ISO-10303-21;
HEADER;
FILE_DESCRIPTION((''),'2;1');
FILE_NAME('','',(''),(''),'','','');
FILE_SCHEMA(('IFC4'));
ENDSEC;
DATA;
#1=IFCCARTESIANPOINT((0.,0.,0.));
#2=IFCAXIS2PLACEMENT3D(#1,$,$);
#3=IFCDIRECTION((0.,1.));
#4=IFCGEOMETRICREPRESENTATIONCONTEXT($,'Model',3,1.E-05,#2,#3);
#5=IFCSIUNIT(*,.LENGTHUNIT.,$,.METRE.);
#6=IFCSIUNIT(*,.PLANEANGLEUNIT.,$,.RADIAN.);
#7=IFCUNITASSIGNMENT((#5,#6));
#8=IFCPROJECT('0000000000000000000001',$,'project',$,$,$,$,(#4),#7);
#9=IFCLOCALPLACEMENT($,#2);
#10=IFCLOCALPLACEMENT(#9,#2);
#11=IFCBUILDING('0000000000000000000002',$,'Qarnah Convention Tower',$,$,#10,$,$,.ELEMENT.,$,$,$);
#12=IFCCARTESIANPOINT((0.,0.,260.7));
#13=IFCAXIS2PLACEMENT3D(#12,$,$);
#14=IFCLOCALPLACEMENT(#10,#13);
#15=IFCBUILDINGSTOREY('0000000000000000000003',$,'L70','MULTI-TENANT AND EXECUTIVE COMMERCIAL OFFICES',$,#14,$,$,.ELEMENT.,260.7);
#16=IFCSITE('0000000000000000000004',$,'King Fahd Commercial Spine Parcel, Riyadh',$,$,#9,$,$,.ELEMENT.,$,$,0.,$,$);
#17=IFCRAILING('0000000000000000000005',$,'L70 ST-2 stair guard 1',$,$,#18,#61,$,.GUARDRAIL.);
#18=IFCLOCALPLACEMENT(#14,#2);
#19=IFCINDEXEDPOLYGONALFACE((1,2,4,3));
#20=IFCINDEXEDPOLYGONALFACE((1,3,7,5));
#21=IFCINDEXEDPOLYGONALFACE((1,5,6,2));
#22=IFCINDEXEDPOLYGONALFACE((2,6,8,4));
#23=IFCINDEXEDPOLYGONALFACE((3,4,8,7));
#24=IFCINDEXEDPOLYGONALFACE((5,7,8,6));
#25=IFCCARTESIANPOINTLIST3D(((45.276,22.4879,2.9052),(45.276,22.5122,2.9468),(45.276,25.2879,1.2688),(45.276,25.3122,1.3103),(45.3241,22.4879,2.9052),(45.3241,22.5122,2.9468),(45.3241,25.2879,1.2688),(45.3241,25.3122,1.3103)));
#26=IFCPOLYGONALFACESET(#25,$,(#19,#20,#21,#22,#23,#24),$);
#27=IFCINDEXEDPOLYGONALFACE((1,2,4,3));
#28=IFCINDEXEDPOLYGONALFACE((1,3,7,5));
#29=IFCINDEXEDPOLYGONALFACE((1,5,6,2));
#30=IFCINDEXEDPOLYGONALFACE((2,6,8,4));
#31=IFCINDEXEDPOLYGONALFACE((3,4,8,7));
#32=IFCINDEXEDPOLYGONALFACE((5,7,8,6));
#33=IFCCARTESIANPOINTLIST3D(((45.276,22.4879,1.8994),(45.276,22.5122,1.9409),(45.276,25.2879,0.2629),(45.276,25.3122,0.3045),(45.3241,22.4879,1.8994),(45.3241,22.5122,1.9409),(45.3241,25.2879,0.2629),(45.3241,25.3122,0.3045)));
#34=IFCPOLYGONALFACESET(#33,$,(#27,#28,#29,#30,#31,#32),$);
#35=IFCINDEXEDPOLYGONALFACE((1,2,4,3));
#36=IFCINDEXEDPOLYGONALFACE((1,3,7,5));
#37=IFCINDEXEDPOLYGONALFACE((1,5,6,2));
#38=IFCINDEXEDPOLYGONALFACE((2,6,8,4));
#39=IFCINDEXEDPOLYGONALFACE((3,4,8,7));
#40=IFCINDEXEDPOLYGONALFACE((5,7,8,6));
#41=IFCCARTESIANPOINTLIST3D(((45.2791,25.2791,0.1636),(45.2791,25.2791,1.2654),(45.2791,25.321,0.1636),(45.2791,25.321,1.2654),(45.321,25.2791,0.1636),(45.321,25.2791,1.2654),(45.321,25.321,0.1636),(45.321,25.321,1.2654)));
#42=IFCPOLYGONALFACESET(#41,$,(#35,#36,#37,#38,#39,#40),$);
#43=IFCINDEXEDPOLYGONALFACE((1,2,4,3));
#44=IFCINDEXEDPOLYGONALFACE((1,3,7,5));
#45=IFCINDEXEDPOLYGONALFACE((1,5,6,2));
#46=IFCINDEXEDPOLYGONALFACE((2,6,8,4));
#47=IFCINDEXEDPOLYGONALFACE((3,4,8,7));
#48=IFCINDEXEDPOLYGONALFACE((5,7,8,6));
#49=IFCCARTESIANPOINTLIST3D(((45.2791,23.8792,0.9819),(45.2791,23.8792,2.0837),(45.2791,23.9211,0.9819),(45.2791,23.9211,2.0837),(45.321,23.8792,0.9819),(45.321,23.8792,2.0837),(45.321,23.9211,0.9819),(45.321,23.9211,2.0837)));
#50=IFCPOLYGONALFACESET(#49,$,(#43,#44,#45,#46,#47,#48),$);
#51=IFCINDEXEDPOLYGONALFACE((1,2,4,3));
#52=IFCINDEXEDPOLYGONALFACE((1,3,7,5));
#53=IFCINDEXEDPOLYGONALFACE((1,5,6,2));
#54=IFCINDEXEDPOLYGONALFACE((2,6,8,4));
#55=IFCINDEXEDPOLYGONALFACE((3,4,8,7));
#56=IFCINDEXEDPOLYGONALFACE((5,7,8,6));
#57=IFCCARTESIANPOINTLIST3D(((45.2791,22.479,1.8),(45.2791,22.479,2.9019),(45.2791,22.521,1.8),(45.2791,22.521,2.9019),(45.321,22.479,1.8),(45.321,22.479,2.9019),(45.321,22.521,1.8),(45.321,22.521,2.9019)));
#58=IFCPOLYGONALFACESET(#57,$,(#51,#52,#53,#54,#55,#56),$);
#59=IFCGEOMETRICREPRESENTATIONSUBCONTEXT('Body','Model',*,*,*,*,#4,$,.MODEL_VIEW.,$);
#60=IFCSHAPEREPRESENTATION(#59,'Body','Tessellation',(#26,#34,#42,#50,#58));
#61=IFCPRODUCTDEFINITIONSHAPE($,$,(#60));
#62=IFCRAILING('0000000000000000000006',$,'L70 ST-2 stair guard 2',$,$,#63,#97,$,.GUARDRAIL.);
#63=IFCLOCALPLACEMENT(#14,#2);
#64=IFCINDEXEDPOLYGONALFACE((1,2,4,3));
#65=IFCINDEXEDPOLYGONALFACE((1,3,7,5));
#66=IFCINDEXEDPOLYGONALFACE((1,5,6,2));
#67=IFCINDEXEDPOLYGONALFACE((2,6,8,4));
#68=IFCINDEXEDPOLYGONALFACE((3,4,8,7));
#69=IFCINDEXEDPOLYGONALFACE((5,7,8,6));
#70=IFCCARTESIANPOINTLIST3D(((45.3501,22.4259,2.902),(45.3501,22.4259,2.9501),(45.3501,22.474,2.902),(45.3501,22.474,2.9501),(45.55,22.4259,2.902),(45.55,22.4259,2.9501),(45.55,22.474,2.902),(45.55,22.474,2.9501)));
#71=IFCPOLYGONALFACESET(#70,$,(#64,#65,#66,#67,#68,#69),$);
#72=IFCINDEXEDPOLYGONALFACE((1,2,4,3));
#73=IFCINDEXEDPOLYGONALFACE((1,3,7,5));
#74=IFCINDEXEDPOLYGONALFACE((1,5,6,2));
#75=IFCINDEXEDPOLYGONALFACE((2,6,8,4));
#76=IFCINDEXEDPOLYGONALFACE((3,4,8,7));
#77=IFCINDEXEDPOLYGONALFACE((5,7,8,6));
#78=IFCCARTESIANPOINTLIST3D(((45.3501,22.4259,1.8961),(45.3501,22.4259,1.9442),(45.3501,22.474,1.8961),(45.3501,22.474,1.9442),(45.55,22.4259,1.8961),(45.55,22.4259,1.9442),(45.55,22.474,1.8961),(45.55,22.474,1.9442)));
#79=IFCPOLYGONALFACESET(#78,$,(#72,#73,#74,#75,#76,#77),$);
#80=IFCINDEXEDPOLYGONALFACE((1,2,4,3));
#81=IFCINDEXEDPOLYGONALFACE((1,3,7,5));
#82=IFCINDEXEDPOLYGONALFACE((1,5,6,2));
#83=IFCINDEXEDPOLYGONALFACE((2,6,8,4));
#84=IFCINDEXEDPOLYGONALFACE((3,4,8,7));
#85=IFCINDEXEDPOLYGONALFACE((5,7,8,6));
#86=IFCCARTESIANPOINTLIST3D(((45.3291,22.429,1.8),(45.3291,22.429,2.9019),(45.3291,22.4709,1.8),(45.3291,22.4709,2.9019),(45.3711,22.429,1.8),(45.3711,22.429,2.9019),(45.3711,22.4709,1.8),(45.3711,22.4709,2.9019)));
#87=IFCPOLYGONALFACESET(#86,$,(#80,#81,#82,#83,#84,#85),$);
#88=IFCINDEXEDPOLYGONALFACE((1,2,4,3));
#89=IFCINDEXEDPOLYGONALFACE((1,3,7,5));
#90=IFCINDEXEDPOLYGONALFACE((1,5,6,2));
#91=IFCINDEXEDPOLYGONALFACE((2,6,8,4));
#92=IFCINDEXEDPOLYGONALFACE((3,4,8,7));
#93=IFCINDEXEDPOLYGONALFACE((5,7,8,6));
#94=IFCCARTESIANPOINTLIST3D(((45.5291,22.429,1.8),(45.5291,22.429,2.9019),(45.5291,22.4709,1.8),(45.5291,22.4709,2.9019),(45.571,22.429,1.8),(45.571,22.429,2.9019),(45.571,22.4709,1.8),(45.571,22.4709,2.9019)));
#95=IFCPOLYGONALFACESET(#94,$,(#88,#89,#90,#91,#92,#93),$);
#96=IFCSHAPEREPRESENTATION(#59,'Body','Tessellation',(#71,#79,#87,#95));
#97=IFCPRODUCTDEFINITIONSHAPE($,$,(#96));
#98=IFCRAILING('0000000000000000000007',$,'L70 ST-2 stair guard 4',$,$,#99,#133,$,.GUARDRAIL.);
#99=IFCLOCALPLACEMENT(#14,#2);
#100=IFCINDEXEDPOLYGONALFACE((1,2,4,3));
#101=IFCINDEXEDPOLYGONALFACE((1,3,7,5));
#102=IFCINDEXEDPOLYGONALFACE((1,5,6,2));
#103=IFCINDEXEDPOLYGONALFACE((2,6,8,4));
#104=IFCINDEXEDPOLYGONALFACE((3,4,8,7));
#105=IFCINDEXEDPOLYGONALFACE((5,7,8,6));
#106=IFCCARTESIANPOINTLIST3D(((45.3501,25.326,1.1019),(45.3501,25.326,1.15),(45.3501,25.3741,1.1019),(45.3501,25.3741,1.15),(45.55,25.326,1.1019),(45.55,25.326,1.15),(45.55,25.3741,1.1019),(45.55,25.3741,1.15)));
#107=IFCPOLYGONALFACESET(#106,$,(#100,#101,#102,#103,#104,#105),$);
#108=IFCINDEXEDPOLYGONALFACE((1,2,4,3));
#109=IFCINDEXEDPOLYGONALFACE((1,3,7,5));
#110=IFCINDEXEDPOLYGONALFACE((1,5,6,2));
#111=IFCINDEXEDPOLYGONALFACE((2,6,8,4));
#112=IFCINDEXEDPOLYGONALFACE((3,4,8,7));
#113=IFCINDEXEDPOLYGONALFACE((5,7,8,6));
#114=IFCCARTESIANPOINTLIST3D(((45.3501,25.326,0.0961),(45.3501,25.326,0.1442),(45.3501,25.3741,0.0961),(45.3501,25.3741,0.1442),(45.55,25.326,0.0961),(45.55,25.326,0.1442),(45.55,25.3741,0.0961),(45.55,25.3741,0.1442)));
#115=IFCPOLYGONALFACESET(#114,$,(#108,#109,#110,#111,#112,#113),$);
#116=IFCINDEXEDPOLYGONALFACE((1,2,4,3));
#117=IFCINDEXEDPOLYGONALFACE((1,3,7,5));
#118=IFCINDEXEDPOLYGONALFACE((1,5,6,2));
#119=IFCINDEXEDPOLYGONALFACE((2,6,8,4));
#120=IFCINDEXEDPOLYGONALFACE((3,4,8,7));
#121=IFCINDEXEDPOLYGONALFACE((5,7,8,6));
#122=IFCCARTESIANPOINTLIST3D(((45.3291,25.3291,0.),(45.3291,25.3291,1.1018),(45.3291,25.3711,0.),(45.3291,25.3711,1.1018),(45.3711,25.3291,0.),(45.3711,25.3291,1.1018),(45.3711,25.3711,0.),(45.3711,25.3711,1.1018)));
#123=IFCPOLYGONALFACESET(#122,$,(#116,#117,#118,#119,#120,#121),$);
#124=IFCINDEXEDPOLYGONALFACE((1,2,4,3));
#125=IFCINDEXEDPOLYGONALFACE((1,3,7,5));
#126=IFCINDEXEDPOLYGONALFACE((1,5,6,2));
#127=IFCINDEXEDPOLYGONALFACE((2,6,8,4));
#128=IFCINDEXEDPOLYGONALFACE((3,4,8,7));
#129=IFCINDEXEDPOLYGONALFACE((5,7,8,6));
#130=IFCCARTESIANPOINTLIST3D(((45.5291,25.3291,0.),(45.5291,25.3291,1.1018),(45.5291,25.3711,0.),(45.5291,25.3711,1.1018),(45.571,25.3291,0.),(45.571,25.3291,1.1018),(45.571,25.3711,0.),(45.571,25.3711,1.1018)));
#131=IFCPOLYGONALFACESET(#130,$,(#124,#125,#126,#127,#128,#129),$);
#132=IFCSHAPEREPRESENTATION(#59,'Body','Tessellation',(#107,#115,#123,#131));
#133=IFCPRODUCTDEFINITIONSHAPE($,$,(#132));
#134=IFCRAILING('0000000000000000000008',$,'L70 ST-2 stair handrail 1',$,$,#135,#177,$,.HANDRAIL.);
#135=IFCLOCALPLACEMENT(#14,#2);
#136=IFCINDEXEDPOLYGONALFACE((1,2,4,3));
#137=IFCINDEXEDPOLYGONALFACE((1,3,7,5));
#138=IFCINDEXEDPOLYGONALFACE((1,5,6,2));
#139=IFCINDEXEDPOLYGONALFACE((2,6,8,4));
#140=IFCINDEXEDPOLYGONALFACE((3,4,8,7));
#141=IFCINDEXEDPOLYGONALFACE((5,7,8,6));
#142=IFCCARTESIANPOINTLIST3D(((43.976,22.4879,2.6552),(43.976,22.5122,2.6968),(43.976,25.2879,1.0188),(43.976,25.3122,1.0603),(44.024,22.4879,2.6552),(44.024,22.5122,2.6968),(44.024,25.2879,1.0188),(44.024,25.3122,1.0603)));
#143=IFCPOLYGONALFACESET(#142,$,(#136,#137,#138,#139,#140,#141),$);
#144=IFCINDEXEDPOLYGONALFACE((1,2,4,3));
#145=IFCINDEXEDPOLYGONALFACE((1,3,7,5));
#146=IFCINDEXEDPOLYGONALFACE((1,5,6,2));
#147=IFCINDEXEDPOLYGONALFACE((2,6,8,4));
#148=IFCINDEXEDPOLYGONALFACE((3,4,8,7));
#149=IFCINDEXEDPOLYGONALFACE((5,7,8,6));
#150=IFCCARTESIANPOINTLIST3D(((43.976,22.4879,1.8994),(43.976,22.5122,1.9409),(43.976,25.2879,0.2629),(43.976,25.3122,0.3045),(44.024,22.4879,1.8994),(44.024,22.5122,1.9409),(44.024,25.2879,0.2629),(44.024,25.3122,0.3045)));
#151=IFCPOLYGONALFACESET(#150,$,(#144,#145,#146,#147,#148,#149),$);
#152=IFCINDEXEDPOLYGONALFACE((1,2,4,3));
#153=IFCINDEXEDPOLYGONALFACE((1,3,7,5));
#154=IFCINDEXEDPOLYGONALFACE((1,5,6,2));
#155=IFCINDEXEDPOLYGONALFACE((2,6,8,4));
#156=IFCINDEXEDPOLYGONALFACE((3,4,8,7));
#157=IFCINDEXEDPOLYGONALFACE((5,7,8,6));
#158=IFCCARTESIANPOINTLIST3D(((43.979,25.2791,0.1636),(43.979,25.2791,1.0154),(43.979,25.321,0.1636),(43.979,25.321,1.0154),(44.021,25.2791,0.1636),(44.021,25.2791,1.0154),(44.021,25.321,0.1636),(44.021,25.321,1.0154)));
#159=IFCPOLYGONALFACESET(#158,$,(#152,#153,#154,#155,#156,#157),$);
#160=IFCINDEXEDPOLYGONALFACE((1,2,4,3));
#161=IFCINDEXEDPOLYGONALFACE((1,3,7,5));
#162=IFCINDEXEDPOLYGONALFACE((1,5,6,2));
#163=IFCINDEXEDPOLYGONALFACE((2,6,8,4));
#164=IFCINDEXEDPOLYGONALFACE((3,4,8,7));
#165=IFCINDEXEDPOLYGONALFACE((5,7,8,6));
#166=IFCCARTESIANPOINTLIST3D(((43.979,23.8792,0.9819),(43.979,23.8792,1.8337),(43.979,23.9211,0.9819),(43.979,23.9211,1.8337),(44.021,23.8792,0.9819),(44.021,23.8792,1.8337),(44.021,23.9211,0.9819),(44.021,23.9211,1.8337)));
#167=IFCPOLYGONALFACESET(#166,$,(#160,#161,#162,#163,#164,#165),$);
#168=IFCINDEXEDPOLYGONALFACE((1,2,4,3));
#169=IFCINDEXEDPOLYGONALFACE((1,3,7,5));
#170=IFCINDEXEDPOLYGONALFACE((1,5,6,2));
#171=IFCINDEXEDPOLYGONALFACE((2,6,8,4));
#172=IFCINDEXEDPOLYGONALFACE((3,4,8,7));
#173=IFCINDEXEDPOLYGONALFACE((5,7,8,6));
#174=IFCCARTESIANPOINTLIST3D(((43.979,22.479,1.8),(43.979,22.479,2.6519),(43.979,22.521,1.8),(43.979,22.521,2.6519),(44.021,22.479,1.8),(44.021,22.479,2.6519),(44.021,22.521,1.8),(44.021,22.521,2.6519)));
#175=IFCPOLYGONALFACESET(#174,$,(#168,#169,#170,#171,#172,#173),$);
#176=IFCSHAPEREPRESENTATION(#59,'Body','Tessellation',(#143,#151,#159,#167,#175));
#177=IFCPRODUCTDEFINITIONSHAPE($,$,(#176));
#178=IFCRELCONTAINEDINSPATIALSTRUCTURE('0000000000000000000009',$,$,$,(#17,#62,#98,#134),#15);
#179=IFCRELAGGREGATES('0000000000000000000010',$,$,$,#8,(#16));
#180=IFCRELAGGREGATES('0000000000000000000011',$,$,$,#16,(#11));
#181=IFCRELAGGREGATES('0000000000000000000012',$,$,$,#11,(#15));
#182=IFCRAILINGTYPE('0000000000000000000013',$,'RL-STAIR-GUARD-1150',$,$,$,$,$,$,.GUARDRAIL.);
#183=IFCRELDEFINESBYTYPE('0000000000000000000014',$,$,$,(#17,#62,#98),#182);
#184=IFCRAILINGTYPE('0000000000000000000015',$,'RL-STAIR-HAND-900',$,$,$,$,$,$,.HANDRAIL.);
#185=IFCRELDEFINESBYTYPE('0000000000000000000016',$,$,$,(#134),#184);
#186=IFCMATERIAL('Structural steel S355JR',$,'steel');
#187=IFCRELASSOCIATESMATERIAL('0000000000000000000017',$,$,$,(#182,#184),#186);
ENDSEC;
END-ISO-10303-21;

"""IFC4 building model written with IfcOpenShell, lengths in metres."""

from ifc_helpers import new_model, si_unit, direction, frame, origin, origin_2d, place, context, subcontext, project, spatial, rectangle, extrude, material, type_object, element, save


model = new_model("IFC4")

# Units and contexts
model_context = context("Model", 3, precision=1e-05, world=origin(), true_north=direction((0.0, 1.0)))
body_context = subcontext(model_context, "Body", "Model", "MODEL_VIEW")
ifc_project = project(units=[si_unit("LENGTHUNIT", "METRE"), si_unit("PLANEANGLEUNIT", "RADIAN")], contexts=[model_context])

# Site, building, storey
site_placement = place(None, origin())
site = spatial("IfcSite", under=ifc_project, at=site_placement, Name="King Fahd Commercial Spine Parcel, Riyadh", CompositionType="ELEMENT", RefElevation=0.0)
building_placement = place(site_placement, origin())
building = spatial("IfcBuilding", under=site, at=building_placement, Name="Qarnah Convention Tower", CompositionType="ELEMENT")
storey_placement = place(building_placement, frame((0.0, 0.0, 260.7)))
storey = spatial("IfcBuildingStorey", under=building, at=storey_placement, Name="L70", Description="MULTI-TENANT AND EXECUTIVE COMMERCIAL OFFICES", CompositionType="ELEMENT", Elevation=260.7)

# Shared definitions
ifc_material_1 = material(Name="Structural steel S355JR", Category="steel")

# Railings
railing_type_1 = type_object("IfcRailingType", Name="RL-STAIR-GUARD-1150", PredefinedType="GUARDRAIL", material=ifc_material_1)
railing_1_placement = place(storey_placement, frame((45.3, 25.3, 0.1636)))
element("IfcRailing", 1, at=railing_1_placement, inside=storey, type_object=railing_type_1, Name="L70 ST-2 stair guard 1", PredefinedType="GUARDRAIL", context=body_context, shape_type="SweptSolid", body=[
    extrude(rectangle(XDim=0.0481, YDim=0.0481, at=origin_2d()), frame((0.0, 0.0, 1.126), z_axis=(0.0, -0.863361, 0.504587), x_axis=(1.0, 0.0, 0.0)), (0.0, 0.0, 1.0), 3.2432),
    extrude(rectangle(XDim=0.0481, YDim=0.0481, at=origin_2d()), frame((0.0, 0.0, 0.1201), z_axis=(0.0, -0.863361, 0.504587), x_axis=(1.0, 0.0, 0.0)), (0.0, 0.0, 1.0), 3.2432),
    extrude(rectangle(XDim=0.042, YDim=0.042, at=origin_2d()), origin(), (0.0, 0.0, 1.0), 1.1018),
    extrude(rectangle(XDim=0.042, YDim=0.042, at=origin_2d()), frame((0.0, -1.3999, 0.8184)), (0.0, 0.0, 1.0), 1.1018),
    extrude(rectangle(XDim=0.042, YDim=0.042, at=origin_2d()), frame((0.0, -2.8, 1.6365)), (0.0, 0.0, 1.0), 1.1018),
])
for number, where, name in (
    (2, (45.3501, 22.45, 1.8), "L70 ST-2 stair guard 2"),
    (3, (45.3501, 25.3501, 0.0), "L70 ST-2 stair guard 4"),
):
    element("IfcRailing", number, at=place(storey_placement, frame(where)), inside=storey, type_object=railing_type_1, Name=name, PredefinedType="GUARDRAIL", context=body_context, shape_type="SweptSolid", body=[
        extrude(rectangle(XDim=0.0481, YDim=0.0481, at=origin_2d()), frame((0.0, 0.0, 1.126), z_axis=(1.0, 0.0, 0.0), x_axis=(0.0, 1.0, 0.0)), (0.0, 0.0, 1.0), 0.2),
        extrude(rectangle(XDim=0.0481, YDim=0.0481, at=origin_2d()), frame((0.0, 0.0, 0.1201), z_axis=(1.0, 0.0, 0.0), x_axis=(0.0, 1.0, 0.0)), (0.0, 0.0, 1.0), 0.2),
        extrude(rectangle(XDim=0.042, YDim=0.042, at=origin_2d()), origin(), (0.0, 0.0, 1.0), 1.1018),
        extrude(rectangle(XDim=0.042, YDim=0.042, at=origin_2d()), frame((0.2, 0.0, 0.0)), (0.0, 0.0, 1.0), 1.1018),
    ])
railing_type_2 = type_object("IfcRailingType", Name="RL-STAIR-HAND-900", PredefinedType="HANDRAIL", material=ifc_material_1)
railing_2_placement = place(storey_placement, frame((44.0, 25.3, 0.1636)))
element("IfcRailing", 4, at=railing_2_placement, inside=storey, type_object=railing_type_2, Name="L70 ST-2 stair handrail 1", PredefinedType="HANDRAIL", context=body_context, shape_type="SweptSolid", body=[
    extrude(rectangle(XDim=0.0481, YDim=0.0481, at=origin_2d()), frame((0.0, 0.0, 0.876), z_axis=(0.0, -0.863361, 0.504587), x_axis=(1.0, 0.0, 0.0)), (0.0, 0.0, 1.0), 3.2432),
    extrude(rectangle(XDim=0.0481, YDim=0.0481, at=origin_2d()), frame((0.0, 0.0, 0.1201), z_axis=(0.0, -0.863361, 0.504587), x_axis=(1.0, 0.0, 0.0)), (0.0, 0.0, 1.0), 3.2432),
    extrude(rectangle(XDim=0.042, YDim=0.042, at=origin_2d()), origin(), (0.0, 0.0, 1.0), 0.8518),
    extrude(rectangle(XDim=0.042, YDim=0.042, at=origin_2d()), frame((0.0, -1.3999, 0.8184)), (0.0, 0.0, 1.0), 0.8518),
    extrude(rectangle(XDim=0.042, YDim=0.042, at=origin_2d()), frame((0.0, -2.8, 1.6365)), (0.0, 0.0, 1.0), 0.8518),
])

save(model, "model.ifc")
